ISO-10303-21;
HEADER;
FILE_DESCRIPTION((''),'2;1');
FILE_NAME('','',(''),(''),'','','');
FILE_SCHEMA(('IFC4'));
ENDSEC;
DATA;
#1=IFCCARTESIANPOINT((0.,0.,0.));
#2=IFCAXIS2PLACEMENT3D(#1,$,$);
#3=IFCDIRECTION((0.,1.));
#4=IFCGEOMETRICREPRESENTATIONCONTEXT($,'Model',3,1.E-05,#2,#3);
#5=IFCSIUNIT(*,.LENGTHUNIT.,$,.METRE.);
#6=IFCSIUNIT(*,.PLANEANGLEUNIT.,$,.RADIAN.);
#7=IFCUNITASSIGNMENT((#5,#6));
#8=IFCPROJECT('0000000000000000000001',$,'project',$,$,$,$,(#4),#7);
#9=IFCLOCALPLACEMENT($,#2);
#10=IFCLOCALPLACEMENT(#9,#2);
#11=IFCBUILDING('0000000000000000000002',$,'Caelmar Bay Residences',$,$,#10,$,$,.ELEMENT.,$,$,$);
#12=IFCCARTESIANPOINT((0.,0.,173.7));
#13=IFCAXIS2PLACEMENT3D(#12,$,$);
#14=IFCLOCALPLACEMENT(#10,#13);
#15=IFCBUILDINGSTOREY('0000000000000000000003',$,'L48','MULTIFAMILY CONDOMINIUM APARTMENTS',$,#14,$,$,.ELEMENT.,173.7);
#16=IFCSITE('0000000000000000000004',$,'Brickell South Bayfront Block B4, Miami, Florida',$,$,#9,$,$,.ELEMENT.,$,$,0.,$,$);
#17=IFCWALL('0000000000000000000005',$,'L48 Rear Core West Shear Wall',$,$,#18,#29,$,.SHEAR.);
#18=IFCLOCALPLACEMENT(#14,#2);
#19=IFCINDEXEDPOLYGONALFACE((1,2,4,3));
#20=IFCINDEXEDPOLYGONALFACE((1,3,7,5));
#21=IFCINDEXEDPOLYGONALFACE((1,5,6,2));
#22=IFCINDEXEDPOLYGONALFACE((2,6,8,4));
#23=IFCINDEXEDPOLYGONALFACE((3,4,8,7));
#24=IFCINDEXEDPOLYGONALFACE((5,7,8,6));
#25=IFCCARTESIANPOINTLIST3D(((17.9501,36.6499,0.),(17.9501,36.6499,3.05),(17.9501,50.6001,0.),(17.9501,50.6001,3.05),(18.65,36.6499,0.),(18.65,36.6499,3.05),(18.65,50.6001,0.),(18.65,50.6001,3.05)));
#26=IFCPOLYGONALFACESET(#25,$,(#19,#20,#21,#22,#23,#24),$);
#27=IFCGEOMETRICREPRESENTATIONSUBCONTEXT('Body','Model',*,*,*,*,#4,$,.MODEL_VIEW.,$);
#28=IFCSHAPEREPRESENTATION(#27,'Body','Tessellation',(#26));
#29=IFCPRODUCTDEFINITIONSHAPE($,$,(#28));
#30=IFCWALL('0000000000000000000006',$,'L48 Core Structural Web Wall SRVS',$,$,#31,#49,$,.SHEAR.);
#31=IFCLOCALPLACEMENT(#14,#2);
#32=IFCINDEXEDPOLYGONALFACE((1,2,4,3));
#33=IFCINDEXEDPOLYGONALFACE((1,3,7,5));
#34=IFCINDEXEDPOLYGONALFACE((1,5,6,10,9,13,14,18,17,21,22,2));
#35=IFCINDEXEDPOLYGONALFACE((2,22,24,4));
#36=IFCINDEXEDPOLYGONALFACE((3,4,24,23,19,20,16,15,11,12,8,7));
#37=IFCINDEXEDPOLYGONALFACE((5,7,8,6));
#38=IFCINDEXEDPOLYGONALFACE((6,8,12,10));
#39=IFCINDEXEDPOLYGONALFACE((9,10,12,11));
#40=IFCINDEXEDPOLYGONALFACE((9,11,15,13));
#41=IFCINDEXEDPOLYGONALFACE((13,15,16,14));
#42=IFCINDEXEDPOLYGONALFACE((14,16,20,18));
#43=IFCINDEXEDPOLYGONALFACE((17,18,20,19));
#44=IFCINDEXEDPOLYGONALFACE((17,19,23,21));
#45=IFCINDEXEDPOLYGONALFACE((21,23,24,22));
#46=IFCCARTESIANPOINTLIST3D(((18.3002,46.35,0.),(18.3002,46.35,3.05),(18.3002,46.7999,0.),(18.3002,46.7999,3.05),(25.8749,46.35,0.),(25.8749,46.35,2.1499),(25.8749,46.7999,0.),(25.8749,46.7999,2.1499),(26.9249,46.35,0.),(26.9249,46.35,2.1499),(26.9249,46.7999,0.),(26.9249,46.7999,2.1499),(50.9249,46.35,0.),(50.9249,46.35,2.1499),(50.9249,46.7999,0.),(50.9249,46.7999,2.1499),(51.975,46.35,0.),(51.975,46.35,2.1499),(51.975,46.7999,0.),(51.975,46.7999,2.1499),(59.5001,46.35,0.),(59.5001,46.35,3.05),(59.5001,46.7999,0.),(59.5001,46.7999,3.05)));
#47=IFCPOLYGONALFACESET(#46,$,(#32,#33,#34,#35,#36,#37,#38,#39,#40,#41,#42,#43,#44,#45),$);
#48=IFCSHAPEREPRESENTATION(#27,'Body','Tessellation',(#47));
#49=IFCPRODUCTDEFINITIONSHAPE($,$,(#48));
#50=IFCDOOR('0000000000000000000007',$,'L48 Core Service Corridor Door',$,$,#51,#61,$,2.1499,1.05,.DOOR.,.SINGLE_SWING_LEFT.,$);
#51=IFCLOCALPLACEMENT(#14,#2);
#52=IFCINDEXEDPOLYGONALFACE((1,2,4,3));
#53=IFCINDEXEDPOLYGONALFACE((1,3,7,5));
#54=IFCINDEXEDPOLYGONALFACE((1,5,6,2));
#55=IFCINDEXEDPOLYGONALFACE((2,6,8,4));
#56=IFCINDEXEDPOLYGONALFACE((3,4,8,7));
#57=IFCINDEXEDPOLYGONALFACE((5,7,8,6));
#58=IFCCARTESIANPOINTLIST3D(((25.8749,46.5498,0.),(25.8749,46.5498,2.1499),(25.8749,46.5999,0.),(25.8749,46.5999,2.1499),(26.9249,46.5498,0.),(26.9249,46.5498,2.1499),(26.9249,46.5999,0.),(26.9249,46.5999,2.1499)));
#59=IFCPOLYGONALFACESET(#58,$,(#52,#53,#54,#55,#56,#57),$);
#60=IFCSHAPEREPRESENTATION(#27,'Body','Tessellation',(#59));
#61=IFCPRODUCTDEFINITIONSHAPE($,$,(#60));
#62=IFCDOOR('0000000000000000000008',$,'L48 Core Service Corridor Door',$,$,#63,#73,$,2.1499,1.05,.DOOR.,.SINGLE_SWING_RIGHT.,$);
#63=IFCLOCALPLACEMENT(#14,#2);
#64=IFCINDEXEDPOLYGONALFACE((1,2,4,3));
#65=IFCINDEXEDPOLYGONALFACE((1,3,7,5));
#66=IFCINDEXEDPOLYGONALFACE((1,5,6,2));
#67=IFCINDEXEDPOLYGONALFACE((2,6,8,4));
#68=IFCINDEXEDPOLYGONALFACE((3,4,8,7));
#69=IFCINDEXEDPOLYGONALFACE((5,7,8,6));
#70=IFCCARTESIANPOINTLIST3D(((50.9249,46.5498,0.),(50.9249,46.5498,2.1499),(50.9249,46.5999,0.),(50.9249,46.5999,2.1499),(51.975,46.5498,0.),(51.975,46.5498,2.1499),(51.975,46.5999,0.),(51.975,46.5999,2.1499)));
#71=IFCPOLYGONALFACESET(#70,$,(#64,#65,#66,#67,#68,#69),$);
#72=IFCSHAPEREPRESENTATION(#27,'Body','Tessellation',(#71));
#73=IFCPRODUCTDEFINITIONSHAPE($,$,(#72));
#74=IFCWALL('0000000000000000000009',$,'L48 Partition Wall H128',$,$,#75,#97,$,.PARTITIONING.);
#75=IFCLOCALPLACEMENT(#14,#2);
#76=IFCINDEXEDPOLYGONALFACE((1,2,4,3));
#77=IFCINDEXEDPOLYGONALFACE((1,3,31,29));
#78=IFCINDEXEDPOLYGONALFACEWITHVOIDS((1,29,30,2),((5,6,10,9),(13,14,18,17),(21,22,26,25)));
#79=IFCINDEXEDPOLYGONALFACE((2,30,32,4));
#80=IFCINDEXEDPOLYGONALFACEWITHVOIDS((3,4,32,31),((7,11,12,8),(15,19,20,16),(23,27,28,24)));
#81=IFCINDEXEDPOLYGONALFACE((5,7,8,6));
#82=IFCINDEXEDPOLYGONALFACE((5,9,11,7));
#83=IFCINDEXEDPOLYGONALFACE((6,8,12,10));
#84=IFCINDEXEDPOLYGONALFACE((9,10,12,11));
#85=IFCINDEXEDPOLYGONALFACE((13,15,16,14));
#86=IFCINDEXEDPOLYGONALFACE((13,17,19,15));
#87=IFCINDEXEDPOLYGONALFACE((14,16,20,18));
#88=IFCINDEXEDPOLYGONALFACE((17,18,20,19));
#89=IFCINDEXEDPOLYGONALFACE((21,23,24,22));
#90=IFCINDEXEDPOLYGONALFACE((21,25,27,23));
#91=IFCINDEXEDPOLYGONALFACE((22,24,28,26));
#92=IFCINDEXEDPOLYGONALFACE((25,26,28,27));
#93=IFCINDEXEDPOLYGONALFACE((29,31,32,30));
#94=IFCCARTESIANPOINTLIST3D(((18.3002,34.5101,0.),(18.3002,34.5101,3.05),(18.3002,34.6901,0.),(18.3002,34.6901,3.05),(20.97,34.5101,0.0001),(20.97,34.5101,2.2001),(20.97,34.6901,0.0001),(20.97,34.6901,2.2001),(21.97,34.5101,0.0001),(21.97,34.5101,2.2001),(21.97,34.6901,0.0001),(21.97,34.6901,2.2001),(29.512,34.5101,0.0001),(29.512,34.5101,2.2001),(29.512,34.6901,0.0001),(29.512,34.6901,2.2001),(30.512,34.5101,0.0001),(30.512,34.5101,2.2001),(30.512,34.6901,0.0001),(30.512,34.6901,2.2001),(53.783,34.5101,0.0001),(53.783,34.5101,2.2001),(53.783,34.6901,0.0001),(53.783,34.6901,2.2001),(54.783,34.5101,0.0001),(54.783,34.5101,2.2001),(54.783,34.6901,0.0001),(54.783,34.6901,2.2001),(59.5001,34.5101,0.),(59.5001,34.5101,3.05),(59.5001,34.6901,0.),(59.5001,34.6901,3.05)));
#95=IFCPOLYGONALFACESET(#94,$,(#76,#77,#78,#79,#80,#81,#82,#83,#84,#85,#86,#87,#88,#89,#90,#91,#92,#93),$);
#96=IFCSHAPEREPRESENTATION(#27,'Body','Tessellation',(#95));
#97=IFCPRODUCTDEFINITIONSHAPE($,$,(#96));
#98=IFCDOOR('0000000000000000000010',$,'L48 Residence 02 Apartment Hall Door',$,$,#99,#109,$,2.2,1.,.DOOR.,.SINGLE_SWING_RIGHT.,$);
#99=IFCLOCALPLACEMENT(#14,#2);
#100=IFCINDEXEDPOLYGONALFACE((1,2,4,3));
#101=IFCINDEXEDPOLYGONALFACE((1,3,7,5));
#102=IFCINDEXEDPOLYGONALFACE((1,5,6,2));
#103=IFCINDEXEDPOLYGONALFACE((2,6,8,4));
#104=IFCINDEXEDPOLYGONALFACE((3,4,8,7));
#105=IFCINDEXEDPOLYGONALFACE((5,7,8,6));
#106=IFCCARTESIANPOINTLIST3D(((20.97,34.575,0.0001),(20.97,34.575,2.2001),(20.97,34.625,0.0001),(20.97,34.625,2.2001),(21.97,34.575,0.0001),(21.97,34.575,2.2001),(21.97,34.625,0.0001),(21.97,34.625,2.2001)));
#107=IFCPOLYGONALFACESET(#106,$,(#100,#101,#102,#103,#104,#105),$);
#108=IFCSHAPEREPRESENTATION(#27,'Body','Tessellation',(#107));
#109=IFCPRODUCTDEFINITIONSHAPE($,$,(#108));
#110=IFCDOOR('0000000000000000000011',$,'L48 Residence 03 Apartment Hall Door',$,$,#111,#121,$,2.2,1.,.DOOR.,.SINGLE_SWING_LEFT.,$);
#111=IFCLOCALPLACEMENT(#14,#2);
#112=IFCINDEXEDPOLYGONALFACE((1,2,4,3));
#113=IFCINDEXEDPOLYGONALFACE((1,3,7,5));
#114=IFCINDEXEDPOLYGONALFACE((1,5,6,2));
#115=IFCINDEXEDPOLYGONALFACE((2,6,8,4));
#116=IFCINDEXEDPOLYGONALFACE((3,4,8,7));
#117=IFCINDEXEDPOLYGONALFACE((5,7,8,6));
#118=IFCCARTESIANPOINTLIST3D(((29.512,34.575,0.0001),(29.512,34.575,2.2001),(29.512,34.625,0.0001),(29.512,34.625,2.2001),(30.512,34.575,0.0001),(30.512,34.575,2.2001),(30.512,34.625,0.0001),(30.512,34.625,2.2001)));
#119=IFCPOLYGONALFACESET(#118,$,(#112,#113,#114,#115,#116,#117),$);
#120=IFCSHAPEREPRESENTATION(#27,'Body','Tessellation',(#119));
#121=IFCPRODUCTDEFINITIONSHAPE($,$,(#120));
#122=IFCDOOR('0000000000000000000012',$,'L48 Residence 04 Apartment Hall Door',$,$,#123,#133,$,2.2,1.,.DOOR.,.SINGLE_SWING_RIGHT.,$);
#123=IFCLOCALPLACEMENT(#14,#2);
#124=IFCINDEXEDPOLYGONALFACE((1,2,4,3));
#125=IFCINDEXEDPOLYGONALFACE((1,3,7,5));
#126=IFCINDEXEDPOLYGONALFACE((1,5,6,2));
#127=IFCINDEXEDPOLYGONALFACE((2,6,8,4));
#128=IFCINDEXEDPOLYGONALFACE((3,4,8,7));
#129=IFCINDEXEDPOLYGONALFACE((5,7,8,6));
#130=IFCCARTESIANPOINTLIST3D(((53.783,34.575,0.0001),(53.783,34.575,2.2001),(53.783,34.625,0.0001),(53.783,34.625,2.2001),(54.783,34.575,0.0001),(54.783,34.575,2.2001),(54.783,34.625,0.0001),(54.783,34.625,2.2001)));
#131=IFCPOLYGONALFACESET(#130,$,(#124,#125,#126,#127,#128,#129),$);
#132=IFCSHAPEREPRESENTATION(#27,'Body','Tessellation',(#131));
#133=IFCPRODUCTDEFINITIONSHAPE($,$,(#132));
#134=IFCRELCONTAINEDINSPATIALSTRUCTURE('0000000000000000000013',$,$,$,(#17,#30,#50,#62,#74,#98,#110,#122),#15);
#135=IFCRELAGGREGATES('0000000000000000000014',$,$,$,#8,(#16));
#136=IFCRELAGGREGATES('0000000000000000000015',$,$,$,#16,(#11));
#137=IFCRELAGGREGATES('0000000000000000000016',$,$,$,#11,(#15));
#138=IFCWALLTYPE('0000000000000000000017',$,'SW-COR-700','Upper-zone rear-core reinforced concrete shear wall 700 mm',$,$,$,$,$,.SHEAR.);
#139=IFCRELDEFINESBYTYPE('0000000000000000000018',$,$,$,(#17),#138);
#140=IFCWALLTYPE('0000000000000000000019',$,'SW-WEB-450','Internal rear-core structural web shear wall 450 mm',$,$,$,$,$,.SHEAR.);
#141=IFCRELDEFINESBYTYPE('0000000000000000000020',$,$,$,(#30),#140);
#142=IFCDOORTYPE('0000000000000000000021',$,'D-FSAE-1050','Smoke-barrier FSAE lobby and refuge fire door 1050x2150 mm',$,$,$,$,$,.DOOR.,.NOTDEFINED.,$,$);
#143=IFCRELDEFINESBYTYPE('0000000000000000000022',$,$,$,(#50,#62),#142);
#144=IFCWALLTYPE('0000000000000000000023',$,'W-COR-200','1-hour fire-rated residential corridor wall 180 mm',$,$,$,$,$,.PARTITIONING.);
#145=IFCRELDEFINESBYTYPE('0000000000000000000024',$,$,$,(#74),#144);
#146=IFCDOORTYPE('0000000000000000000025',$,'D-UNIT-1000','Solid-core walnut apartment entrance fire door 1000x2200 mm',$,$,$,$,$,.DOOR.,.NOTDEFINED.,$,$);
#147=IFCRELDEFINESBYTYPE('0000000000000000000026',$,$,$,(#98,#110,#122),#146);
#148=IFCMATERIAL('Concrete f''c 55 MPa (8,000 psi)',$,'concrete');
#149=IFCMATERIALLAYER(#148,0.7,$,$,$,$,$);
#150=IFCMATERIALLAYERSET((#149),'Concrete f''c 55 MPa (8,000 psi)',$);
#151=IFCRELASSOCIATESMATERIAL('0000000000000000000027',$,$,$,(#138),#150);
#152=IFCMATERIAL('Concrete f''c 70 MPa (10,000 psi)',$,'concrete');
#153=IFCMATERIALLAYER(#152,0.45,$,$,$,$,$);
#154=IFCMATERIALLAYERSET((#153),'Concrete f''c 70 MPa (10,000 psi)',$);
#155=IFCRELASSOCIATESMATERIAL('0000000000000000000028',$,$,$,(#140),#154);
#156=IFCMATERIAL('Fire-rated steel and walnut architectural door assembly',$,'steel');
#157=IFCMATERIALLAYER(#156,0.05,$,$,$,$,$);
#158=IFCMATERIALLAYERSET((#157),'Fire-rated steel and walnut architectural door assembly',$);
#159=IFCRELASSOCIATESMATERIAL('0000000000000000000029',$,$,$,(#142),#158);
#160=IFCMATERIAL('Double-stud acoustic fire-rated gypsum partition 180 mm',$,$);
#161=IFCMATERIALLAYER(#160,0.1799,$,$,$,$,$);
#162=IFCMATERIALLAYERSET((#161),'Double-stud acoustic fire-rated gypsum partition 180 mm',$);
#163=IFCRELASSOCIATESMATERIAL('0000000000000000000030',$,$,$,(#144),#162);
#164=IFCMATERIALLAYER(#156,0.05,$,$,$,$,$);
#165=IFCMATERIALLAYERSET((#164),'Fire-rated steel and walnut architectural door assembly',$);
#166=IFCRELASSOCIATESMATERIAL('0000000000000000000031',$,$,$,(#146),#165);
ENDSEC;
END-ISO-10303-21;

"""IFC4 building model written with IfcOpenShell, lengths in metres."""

from ifc_helpers import new_model, si_unit, direction, frame, frame_2d, origin, place, context, subcontext, project, spatial, rectangle, extrude, material, layer, layer_set, type_object, element, fill, save


model = new_model("IFC4")

# Units and contexts
model_context = context("Model", 3, precision=1e-05, world=origin(), true_north=direction((0.0, 1.0)))
body_context = subcontext(model_context, "Body", "Model", "MODEL_VIEW")
ifc_project = project(units=[si_unit("LENGTHUNIT", "METRE"), si_unit("PLANEANGLEUNIT", "RADIAN")], contexts=[model_context])

# Site, building, storey
site_placement = place(None, origin())
site = spatial("IfcSite", under=ifc_project, at=site_placement, Name="Brickell South Bayfront Block B4, Miami, Florida", CompositionType="ELEMENT", RefElevation=0.0)
building_placement = place(site_placement, origin())
building = spatial("IfcBuilding", under=site, at=building_placement, Name="Caelmar Bay Residences", CompositionType="ELEMENT")
storey_placement = place(building_placement, frame((0.0, 0.0, 173.7)))
storey = spatial("IfcBuildingStorey", under=building, at=storey_placement, Name="L48", Description="MULTIFAMILY CONDOMINIUM APARTMENTS", CompositionType="ELEMENT", Elevation=173.7)

# Wall
ifc_material_1 = material(Name="Concrete f'c 55 MPa (8,000 psi)", Category="concrete")
ifc_layer_1 = layer(ifc_material_1, 0.7)
ifc_layer_set_1 = layer_set([ifc_layer_1], Name="Concrete f'c 55 MPa (8,000 psi)")
wall_type_1 = type_object("IfcWallType", Name="SW-COR-700", Description="Upper-zone rear-core reinforced concrete shear wall 700 mm", PredefinedType="SHEAR", material=ifc_layer_set_1)
wall_1_placement = place(storey_placement, frame((18.3, 36.6499, 0.0), z_axis=(0.0, 0.0, 1.0), x_axis=(0.0, 1.0, 0.0)))
element("IfcWall", 1, at=wall_1_placement, inside=storey, type_object=wall_type_1, Name="L48 Rear Core West Shear Wall", PredefinedType="SHEAR", context=body_context, shape_type="SweptSolid", body=[
    extrude(rectangle(XDim=13.9502, YDim=0.7, at=frame_2d((6.9751, 0.0))), origin(), (0.0, 0.0, 1.0), 3.05),
])

# Shared definitions
ifc_material_2 = material(Name="Fire-rated steel and walnut architectural door assembly", Category="steel")

# Walls, openings, doors
ifc_material_3 = material(Name="Concrete f'c 70 MPa (10,000 psi)", Category="concrete")
ifc_layer_2 = layer(ifc_material_3, 0.45)
ifc_layer_set_2 = layer_set([ifc_layer_2], Name="Concrete f'c 70 MPa (10,000 psi)")
wall_type_2 = type_object("IfcWallType", Name="SW-WEB-450", Description="Internal rear-core structural web shear wall 450 mm", PredefinedType="SHEAR", material=ifc_layer_set_2)
wall_2_placement = place(storey_placement, frame((18.3, 46.575, 0.0), z_axis=(0.0, 0.0, 1.0), x_axis=(1.0, 0.0, 0.0)))
wall_2 = element("IfcWall", 2, at=wall_2_placement, inside=storey, type_object=wall_type_2, Name="L48 Core Structural Web Wall SRVS", PredefinedType="SHEAR", context=body_context, shape_type="SweptSolid", body=[
    extrude(rectangle(XDim=41.2, YDim=0.45, at=frame_2d((20.6001, 0.0))), origin(), (0.0, 0.0, 1.0), 3.05),
])
opening_1_placement = place(wall_2_placement, frame((7.575, 0.0, 0.0)))
opening_1 = element("IfcOpeningElement", 3, at=opening_1_placement, cuts=wall_2, PredefinedType="OPENING", context=body_context, shape_type="SweptSolid", body=[
    extrude(rectangle(XDim=1.05, YDim=2.1499, at=frame_2d((0.5249, 1.075))), frame((0.0, 0.2349, 0.0), z_axis=(0.0, -1.0, 0.0), x_axis=(1.0, 0.0, 0.0)), (0.0, 0.0, 1.0), 0.47),
])
opening_2_placement = place(wall_2_placement, frame((32.625, 0.0, 0.0)))
opening_2 = element("IfcOpeningElement", 4, at=opening_2_placement, cuts=wall_2, PredefinedType="OPENING", context=body_context, shape_type="SweptSolid", body=[
    extrude(rectangle(XDim=1.05, YDim=2.1499, at=frame_2d((0.5249, 1.075))), frame((0.0, 0.2349, 0.0), z_axis=(0.0, -1.0, 0.0), x_axis=(1.0, 0.0, 0.0)), (0.0, 0.0, 1.0), 0.47),
])
ifc_layer_3 = layer(ifc_material_2, 0.05)
ifc_layer_set_3 = layer_set([ifc_layer_3], Name="Fire-rated steel and walnut architectural door assembly")
door_type_1 = type_object("IfcDoorType", Name="D-FSAE-1050", Description="Smoke-barrier FSAE lobby and refuge fire door 1050x2150 mm", OperationType="NOTDEFINED", PredefinedType="DOOR", material=ifc_layer_set_3)
door_1_placement = place(opening_1_placement, origin())
door_1 = element("IfcDoor", 5, at=door_1_placement, inside=storey, type_object=door_type_1, Name="L48 Core Service Corridor Door", OperationType="SINGLE_SWING_LEFT", OverallHeight=2.1499, OverallWidth=1.05, PredefinedType="DOOR", context=body_context, shape_type="SweptSolid", body=[
    extrude(rectangle(XDim=1.05, YDim=2.1499, at=frame_2d((0.5249, 1.075))), frame((0.0, 0.0249, 0.0), z_axis=(0.0, -1.0, 0.0), x_axis=(1.0, 0.0, 0.0)), (0.0, 0.0, 1.0), 0.05),
])
fill(opening_1, door_1)
door_2_placement = place(opening_2_placement, origin())
door_2 = element("IfcDoor", 6, at=door_2_placement, inside=storey, type_object=door_type_1, Name="L48 Core Service Corridor Door", OperationType="SINGLE_SWING_RIGHT", OverallHeight=2.1499, OverallWidth=1.05, PredefinedType="DOOR", context=body_context, shape_type="SweptSolid", body=[
    extrude(rectangle(XDim=1.05, YDim=2.1499, at=frame_2d((0.5249, 1.075))), frame((0.0, 0.0249, 0.0), z_axis=(0.0, -1.0, 0.0), x_axis=(1.0, 0.0, 0.0)), (0.0, 0.0, 1.0), 0.05),
])
fill(opening_2, door_2)
ifc_material_4 = material(Name="Double-stud acoustic fire-rated gypsum partition 180 mm")
ifc_layer_4 = layer(ifc_material_4, 0.1799)
ifc_layer_set_4 = layer_set([ifc_layer_4], Name="Double-stud acoustic fire-rated gypsum partition 180 mm")
wall_type_3 = type_object("IfcWallType", Name="W-COR-200", Description="1-hour fire-rated residential corridor wall 180 mm", PredefinedType="PARTITIONING", material=ifc_layer_set_4)
wall_3_placement = place(storey_placement, frame((18.3, 34.6001, 0.0), z_axis=(0.0, 0.0, 1.0), x_axis=(1.0, 0.0, 0.0)))
wall_3 = element("IfcWall", 7, at=wall_3_placement, inside=storey, type_object=wall_type_3, Name="L48 Partition Wall H128", PredefinedType="PARTITIONING", context=body_context, shape_type="SweptSolid", body=[
    extrude(rectangle(XDim=41.2, YDim=0.1799, at=frame_2d((20.6001, 0.0))), origin(), (0.0, 0.0, 1.0), 3.05),
])
opening_3_placement = place(wall_3_placement, frame((2.6699, 0.0, 0.0)))
opening_3 = element("IfcOpeningElement", 8, at=opening_3_placement, cuts=wall_3, PredefinedType="OPENING", context=body_context, shape_type="SweptSolid", body=[
    extrude(rectangle(XDim=1.0, YDim=2.2, at=frame_2d((0.5, 1.1001))), frame((0.0, 0.0999, 0.0), z_axis=(0.0, -1.0, 0.0), x_axis=(1.0, 0.0, 0.0)), (0.0, 0.0, 1.0), 0.2),
])
opening_4_placement = place(wall_3_placement, frame((11.2119, 0.0, 0.0)))
opening_4 = element("IfcOpeningElement", 9, at=opening_4_placement, cuts=wall_3, PredefinedType="OPENING", context=body_context, shape_type="SweptSolid", body=[
    extrude(rectangle(XDim=1.0, YDim=2.2, at=frame_2d((0.5, 1.1001))), frame((0.0, 0.0999, 0.0), z_axis=(0.0, -1.0, 0.0), x_axis=(1.0, 0.0, 0.0)), (0.0, 0.0, 1.0), 0.2),
])
opening_5_placement = place(wall_3_placement, frame((35.4829, 0.0, 0.0)))
opening_5 = element("IfcOpeningElement", 10, at=opening_5_placement, cuts=wall_3, PredefinedType="OPENING", context=body_context, shape_type="SweptSolid", body=[
    extrude(rectangle(XDim=1.0, YDim=2.2, at=frame_2d((0.5, 1.1001))), frame((0.0, 0.0999, 0.0), z_axis=(0.0, -1.0, 0.0), x_axis=(1.0, 0.0, 0.0)), (0.0, 0.0, 1.0), 0.2),
])
ifc_layer_5 = layer(ifc_material_2, 0.05)
ifc_layer_set_5 = layer_set([ifc_layer_5], Name="Fire-rated steel and walnut architectural door assembly")
door_type_2 = type_object("IfcDoorType", Name="D-UNIT-1000", Description="Solid-core walnut apartment entrance fire door 1000x2200 mm", OperationType="NOTDEFINED", PredefinedType="DOOR", material=ifc_layer_set_5)
door_3_placement = place(opening_3_placement, origin())
door_3 = element("IfcDoor", 11, at=door_3_placement, inside=storey, type_object=door_type_2, Name="L48 Residence 02 Apartment Hall Door", OperationType="SINGLE_SWING_RIGHT", OverallHeight=2.2, OverallWidth=1.0, PredefinedType="DOOR", context=body_context, shape_type="SweptSolid", body=[
    extrude(rectangle(XDim=1.0, YDim=2.2, at=frame_2d((0.5, 1.1001))), frame((0.0, 0.0249, 0.0), z_axis=(0.0, -1.0, 0.0), x_axis=(1.0, 0.0, 0.0)), (0.0, 0.0, 1.0), 0.05),
])
fill(opening_3, door_3)
door_4_placement = place(opening_4_placement, origin())
door_4 = element("IfcDoor", 12, at=door_4_placement, inside=storey, type_object=door_type_2, Name="L48 Residence 03 Apartment Hall Door", OperationType="SINGLE_SWING_LEFT", OverallHeight=2.2, OverallWidth=1.0, PredefinedType="DOOR", context=body_context, shape_type="SweptSolid", body=[
    extrude(rectangle(XDim=1.0, YDim=2.2, at=frame_2d((0.5, 1.1001))), frame((0.0, 0.0249, 0.0), z_axis=(0.0, -1.0, 0.0), x_axis=(1.0, 0.0, 0.0)), (0.0, 0.0, 1.0), 0.05),
])
fill(opening_4, door_4)
door_5_placement = place(opening_5_placement, origin())
door_5 = element("IfcDoor", 13, at=door_5_placement, inside=storey, type_object=door_type_2, Name="L48 Residence 04 Apartment Hall Door", OperationType="SINGLE_SWING_RIGHT", OverallHeight=2.2, OverallWidth=1.0, PredefinedType="DOOR", context=body_context, shape_type="SweptSolid", body=[
    extrude(rectangle(XDim=1.0, YDim=2.2, at=frame_2d((0.5, 1.1001))), frame((0.0, 0.0249, 0.0), z_axis=(0.0, -1.0, 0.0), x_axis=(1.0, 0.0, 0.0)), (0.0, 0.0, 1.0), 0.05),
])
fill(opening_5, door_5)

save(model, "model.ifc")
